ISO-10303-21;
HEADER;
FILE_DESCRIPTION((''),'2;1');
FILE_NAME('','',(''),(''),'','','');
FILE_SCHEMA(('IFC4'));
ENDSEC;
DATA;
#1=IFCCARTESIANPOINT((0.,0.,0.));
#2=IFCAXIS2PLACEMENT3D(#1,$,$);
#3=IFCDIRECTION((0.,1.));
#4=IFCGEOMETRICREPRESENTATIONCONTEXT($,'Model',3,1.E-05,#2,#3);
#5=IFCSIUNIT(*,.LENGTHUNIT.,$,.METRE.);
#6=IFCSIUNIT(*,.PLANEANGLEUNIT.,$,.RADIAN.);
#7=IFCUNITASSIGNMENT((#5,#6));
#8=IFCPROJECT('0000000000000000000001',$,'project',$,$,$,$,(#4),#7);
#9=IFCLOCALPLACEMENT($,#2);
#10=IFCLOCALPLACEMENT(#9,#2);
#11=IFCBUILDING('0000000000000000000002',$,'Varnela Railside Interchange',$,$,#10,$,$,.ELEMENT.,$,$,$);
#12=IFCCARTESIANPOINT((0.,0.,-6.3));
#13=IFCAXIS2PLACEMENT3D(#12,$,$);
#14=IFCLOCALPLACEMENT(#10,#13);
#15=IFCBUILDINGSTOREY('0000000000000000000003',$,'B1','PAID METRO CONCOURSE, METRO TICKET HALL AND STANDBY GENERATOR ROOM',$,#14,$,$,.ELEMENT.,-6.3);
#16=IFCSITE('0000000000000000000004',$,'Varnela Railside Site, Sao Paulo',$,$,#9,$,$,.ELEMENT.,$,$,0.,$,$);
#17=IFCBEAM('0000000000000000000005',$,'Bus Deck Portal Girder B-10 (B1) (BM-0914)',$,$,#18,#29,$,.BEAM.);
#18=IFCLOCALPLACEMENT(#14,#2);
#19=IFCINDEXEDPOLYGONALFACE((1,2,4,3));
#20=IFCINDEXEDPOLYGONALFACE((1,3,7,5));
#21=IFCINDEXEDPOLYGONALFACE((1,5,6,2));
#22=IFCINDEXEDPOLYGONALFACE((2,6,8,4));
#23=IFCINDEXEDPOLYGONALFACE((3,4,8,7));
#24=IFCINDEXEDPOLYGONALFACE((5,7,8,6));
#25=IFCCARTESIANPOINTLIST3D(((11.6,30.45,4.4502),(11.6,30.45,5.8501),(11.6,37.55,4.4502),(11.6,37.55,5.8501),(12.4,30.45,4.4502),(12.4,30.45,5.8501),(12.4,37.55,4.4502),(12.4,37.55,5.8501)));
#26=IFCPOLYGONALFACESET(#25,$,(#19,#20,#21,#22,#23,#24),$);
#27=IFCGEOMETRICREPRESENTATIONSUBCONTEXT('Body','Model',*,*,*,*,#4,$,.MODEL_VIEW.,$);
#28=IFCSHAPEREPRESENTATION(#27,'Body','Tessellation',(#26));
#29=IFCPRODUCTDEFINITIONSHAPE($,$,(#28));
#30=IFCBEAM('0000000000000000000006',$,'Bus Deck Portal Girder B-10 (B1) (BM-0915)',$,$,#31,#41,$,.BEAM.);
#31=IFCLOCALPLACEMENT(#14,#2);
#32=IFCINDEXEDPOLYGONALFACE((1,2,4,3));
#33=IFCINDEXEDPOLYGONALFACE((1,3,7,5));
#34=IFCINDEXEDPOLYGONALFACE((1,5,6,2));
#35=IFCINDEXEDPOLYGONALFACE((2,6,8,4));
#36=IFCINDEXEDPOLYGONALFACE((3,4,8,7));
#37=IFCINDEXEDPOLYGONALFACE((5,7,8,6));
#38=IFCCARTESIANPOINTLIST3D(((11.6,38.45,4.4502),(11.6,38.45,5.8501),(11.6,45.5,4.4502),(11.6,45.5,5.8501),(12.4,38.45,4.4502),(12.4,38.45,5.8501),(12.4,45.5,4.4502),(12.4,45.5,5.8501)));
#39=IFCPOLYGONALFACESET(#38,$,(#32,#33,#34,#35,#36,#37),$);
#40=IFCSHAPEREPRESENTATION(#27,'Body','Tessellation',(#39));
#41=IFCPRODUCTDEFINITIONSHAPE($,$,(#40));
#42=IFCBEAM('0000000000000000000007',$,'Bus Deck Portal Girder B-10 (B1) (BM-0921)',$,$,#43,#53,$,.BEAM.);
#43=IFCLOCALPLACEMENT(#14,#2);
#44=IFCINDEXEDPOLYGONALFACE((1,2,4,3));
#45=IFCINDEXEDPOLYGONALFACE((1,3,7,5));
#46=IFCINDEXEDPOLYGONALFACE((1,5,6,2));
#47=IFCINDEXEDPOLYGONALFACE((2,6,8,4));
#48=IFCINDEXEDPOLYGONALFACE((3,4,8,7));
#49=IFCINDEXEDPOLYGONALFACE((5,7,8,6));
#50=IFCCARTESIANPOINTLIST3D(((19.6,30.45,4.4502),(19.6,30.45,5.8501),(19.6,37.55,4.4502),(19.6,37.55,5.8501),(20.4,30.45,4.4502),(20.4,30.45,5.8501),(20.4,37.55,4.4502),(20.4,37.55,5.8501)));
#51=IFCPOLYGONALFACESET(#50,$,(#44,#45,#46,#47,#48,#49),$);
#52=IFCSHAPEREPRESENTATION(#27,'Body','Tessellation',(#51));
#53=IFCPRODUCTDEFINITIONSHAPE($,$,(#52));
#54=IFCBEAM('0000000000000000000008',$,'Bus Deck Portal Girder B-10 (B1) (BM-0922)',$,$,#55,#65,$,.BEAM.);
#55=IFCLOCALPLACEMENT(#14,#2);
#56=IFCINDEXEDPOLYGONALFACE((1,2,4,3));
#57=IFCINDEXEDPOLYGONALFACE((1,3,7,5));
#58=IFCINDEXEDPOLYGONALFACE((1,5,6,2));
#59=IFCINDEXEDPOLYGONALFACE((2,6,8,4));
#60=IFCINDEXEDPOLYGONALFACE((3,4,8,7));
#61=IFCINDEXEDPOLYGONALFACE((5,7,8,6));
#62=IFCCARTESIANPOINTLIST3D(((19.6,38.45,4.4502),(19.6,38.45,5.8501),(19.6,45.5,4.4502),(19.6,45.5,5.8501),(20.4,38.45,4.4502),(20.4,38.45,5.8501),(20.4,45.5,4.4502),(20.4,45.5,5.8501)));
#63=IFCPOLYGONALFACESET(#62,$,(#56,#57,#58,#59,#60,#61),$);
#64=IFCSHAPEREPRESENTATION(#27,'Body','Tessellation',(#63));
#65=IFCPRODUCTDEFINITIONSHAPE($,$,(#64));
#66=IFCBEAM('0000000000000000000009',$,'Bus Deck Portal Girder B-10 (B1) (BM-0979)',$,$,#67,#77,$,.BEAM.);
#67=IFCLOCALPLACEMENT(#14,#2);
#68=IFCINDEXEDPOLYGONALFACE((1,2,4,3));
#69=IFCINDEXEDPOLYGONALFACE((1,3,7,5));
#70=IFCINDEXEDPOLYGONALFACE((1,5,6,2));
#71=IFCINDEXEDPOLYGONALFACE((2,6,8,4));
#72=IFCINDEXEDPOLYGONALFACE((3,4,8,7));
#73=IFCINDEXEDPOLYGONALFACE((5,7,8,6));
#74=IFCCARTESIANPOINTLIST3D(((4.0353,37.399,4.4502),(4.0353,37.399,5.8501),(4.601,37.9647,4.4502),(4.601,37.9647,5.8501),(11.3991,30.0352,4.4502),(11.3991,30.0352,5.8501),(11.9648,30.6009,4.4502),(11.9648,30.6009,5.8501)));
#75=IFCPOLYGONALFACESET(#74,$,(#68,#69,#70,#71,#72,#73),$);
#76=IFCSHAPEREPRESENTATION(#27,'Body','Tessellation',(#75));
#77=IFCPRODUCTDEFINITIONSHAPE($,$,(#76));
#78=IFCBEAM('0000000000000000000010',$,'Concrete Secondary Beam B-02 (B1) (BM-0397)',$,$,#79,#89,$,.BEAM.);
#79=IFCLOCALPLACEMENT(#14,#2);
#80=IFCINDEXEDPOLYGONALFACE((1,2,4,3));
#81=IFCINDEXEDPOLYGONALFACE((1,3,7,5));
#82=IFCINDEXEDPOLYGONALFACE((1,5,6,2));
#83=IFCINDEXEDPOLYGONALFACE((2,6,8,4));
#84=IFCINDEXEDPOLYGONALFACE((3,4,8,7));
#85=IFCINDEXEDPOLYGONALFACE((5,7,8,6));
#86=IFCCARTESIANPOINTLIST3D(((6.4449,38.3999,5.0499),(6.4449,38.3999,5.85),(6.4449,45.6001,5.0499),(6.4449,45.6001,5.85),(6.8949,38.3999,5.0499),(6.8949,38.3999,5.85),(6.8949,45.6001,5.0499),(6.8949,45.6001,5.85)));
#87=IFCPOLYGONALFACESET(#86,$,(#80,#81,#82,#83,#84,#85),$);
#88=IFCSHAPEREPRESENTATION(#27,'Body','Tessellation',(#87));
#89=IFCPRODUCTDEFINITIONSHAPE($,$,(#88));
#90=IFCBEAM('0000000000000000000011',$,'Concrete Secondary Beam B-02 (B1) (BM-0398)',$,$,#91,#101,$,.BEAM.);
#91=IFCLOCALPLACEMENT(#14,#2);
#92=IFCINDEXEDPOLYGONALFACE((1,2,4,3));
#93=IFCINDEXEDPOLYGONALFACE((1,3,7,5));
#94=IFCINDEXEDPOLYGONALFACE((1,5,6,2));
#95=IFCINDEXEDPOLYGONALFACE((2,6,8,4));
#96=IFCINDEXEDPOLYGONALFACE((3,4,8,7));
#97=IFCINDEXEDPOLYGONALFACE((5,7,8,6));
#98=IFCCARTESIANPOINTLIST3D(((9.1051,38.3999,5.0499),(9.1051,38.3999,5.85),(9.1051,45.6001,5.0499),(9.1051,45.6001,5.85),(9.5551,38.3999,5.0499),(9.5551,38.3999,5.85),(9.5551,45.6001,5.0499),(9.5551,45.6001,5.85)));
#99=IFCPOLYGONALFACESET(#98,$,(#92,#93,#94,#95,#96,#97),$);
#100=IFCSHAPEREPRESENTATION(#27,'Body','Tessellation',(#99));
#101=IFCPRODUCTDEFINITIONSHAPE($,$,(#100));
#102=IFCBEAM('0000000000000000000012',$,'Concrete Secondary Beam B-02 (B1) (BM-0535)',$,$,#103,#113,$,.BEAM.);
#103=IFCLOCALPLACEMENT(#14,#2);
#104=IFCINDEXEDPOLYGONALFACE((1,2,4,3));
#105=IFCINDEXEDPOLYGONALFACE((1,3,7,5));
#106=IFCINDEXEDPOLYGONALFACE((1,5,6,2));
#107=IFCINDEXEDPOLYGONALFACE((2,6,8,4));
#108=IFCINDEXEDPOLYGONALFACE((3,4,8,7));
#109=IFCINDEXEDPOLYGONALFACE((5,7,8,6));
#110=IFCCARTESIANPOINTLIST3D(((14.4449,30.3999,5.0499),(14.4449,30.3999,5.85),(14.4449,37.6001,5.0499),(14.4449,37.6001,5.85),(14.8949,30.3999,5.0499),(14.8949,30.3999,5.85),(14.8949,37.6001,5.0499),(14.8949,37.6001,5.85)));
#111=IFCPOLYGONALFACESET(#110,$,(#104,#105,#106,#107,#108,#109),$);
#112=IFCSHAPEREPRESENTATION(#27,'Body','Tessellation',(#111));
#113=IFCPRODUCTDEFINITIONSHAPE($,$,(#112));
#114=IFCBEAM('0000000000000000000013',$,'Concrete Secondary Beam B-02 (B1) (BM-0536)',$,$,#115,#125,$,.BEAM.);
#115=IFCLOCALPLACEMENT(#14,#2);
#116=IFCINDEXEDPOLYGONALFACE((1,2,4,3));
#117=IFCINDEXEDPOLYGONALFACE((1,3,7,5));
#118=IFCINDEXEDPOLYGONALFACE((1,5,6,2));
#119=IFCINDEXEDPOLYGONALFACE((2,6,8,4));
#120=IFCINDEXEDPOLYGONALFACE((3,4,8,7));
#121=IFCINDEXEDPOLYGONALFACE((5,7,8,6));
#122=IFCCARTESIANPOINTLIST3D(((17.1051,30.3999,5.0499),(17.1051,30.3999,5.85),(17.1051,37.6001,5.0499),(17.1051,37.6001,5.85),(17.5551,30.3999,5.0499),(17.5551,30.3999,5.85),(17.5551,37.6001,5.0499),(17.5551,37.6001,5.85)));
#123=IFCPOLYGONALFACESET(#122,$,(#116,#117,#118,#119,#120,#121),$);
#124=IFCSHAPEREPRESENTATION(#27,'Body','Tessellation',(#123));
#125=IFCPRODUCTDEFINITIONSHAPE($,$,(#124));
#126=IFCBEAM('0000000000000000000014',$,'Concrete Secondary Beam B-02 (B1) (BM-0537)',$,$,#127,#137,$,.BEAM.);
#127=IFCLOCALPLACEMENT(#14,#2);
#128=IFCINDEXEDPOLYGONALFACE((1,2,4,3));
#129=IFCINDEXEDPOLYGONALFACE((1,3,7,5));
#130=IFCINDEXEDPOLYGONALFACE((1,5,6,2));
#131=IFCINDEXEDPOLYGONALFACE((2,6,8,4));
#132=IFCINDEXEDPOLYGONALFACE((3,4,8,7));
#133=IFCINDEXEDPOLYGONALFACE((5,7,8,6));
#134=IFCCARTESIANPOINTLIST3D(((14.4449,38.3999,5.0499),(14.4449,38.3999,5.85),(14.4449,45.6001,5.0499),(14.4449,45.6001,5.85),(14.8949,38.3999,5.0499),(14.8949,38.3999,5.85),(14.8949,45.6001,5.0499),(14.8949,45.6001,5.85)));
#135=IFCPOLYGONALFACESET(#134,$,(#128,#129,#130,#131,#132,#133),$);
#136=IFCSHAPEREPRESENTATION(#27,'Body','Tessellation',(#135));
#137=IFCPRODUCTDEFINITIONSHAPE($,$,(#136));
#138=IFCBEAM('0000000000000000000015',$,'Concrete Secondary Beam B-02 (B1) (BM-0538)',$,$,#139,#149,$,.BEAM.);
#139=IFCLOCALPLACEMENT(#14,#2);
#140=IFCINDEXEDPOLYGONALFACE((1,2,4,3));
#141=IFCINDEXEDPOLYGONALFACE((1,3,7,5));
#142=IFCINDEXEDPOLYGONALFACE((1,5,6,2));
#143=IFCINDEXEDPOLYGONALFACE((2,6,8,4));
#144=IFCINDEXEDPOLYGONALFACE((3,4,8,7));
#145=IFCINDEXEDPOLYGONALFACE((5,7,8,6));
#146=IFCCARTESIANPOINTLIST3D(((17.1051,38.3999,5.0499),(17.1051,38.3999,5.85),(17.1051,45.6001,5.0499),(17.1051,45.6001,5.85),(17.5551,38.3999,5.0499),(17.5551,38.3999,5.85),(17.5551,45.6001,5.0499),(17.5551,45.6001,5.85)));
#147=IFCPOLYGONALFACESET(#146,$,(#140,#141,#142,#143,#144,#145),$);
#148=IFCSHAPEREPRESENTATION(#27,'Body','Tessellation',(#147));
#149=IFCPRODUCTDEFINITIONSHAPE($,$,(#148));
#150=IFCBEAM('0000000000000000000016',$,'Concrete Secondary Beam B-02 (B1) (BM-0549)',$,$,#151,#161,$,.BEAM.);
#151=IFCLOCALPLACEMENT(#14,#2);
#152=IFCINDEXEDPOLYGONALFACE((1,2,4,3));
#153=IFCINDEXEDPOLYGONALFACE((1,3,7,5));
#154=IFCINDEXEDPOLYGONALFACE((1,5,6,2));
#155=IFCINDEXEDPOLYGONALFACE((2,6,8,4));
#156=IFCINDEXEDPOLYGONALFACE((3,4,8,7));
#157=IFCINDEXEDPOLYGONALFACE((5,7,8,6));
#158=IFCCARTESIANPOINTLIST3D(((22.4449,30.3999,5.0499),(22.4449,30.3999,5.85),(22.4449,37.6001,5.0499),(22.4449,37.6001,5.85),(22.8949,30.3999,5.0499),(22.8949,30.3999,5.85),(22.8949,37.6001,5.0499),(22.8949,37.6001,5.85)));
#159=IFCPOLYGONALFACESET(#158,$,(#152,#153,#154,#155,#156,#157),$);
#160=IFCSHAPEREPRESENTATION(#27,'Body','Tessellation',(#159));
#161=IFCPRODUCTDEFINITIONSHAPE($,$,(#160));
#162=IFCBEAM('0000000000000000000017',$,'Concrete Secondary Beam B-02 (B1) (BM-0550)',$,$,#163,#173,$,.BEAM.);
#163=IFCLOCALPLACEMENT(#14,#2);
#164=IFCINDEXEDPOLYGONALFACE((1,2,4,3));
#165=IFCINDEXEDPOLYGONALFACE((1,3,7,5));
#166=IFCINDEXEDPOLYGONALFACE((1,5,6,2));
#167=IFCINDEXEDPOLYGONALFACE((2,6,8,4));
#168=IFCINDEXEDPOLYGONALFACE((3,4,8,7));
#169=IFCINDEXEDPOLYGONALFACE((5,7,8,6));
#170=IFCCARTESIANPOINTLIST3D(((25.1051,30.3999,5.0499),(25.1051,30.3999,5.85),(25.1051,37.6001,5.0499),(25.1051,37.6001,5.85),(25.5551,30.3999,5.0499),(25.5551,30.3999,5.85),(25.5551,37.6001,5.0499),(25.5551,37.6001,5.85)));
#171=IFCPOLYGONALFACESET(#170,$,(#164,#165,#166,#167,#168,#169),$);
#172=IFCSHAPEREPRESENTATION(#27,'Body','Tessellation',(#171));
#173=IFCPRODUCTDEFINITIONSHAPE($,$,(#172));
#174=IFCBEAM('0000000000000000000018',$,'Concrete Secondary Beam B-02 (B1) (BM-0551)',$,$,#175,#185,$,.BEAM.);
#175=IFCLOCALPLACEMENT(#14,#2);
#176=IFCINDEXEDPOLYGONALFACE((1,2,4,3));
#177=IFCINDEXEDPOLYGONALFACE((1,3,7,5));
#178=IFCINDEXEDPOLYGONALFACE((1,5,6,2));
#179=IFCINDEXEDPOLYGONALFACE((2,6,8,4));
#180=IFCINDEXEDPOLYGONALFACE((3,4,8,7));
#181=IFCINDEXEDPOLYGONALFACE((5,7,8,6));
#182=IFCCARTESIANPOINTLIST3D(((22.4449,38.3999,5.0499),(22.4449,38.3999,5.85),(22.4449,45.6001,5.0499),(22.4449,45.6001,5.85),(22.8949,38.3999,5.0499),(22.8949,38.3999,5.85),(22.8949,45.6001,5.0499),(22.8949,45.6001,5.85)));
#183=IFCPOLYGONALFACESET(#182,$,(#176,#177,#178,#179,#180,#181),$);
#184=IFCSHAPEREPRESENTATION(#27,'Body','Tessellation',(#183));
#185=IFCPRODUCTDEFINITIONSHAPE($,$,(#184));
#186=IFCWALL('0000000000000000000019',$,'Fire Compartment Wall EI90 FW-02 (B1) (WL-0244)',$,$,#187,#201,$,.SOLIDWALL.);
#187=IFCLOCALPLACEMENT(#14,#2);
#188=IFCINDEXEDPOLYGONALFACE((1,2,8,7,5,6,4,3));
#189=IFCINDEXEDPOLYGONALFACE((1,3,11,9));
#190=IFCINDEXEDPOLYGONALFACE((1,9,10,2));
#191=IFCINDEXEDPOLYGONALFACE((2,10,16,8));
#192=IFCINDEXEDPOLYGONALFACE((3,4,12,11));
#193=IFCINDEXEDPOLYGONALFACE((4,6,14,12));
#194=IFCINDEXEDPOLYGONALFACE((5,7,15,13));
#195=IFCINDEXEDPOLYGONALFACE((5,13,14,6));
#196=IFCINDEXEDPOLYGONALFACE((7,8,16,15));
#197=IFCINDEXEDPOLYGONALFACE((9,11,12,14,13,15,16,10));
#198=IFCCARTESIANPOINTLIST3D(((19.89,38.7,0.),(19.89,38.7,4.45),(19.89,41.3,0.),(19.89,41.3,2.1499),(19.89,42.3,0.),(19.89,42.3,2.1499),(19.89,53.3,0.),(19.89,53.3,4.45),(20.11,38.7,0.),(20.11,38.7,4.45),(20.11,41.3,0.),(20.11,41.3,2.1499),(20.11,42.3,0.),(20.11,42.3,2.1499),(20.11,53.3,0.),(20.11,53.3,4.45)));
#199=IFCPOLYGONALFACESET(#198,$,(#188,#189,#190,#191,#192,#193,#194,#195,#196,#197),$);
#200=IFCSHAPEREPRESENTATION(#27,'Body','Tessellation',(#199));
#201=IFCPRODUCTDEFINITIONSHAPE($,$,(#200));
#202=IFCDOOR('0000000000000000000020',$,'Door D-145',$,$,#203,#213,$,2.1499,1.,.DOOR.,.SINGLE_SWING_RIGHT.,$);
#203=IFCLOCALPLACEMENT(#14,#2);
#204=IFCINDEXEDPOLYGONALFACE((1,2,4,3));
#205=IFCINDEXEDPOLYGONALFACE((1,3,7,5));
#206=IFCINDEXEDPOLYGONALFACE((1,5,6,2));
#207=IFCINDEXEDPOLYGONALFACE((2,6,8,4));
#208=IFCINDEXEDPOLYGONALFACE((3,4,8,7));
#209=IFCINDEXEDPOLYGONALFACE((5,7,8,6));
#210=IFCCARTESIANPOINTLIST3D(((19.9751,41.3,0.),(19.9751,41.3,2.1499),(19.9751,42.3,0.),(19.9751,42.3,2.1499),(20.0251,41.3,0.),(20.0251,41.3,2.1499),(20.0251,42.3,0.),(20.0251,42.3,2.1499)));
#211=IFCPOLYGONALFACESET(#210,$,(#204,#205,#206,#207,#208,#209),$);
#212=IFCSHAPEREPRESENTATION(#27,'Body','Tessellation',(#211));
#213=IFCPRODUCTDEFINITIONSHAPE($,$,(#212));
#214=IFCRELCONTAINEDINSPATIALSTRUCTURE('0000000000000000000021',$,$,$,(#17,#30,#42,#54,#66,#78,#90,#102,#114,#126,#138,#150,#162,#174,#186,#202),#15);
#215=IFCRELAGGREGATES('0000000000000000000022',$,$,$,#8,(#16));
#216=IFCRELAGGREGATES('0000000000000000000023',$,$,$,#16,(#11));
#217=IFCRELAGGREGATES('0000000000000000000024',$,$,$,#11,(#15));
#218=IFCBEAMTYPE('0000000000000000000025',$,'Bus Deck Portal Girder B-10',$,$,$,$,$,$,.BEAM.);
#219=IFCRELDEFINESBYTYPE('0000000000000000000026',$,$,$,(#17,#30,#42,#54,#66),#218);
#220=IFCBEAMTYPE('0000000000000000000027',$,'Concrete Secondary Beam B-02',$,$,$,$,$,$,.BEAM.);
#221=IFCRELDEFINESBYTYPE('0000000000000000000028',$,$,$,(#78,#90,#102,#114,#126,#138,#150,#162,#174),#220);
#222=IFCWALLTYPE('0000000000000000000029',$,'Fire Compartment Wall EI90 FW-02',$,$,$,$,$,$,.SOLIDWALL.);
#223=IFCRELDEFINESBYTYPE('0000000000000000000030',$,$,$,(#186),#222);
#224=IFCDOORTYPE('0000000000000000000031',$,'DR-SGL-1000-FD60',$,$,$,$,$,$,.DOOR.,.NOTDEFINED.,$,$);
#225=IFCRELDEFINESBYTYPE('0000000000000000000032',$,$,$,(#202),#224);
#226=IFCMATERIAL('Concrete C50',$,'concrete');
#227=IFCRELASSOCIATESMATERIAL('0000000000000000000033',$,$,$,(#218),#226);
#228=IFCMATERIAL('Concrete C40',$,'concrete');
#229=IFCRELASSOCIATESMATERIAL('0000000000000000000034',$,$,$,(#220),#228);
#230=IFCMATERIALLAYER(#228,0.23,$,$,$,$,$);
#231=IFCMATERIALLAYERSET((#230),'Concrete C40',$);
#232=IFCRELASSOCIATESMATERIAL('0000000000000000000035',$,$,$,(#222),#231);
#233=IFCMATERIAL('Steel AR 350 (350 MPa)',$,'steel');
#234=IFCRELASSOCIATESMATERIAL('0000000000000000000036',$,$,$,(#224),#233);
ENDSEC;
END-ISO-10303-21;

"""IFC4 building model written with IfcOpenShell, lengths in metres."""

from ifc_helpers import new_model, si_unit, direction, frame, frame_2d, origin, origin_2d, place, context, subcontext, project, spatial, rectangle, extrude, material, layer, layer_set, material_profile, profile_set, type_object, element, fill, save


model = new_model("IFC4")

# Units and contexts
model_context = context("Model", 3, precision=1e-05, world=origin(), true_north=direction((0.0, 1.0)))
body_context = subcontext(model_context, "Body", "Model", "MODEL_VIEW")
ifc_project = project(units=[si_unit("LENGTHUNIT", "METRE"), si_unit("PLANEANGLEUNIT", "RADIAN")], contexts=[model_context])

# Site, building, storey
site_placement = place(None, origin())
site = spatial("IfcSite", under=ifc_project, at=site_placement, Name="Varnela Railside Site, Sao Paulo", CompositionType="ELEMENT", RefElevation=0.0)
building_placement = place(site_placement, origin())
building = spatial("IfcBuilding", under=site, at=building_placement, Name="Varnela Railside Interchange", CompositionType="ELEMENT")
storey_placement = place(building_placement, frame((0.0, 0.0, -6.3)))
storey = spatial("IfcBuildingStorey", under=building, at=storey_placement, Name="B1", Description="PAID METRO CONCOURSE, METRO TICKET HALL AND STANDBY GENERATOR ROOM", CompositionType="ELEMENT", Elevation=-6.3)

# Shared definitions
ifc_material_1 = material(Name="Concrete C50", Category="concrete")

# Beams
ifc_material_profile_1 = material_profile(ifc_material_1, rectangle(XDim=0.8, YDim=1.3999, at=origin_2d()), Name="RC 800x1400")
ifc_profile_set_1 = profile_set([ifc_material_profile_1], Name="Concrete C50")
beam_type_1 = type_object("IfcBeamType", Name="Bus Deck Portal Girder B-10", PredefinedType="BEAM", material=ifc_profile_set_1)
beam_1_placement = place(storey_placement, frame((12.0, 30.45, 5.1501), z_axis=(0.0, 1.0, 0.0), x_axis=(-1.0, 0.0, 0.0)))
element("IfcBeam", 1, at=beam_1_placement, inside=storey, type_object=beam_type_1, Name="Bus Deck Portal Girder B-10 (B1) (BM-0914)", PredefinedType="BEAM", context=body_context, shape_type="SweptSolid", body=[
    extrude(rectangle(XDim=0.8, YDim=1.3999, at=origin_2d()), origin(), (0.0, 0.0, 1.0), 7.1001),
])
beam_2_placement = place(storey_placement, frame((12.0, 38.45, 5.1501), z_axis=(0.0, 1.0, 0.0), x_axis=(-1.0, 0.0, 0.0)))
element("IfcBeam", 2, at=beam_2_placement, inside=storey, type_object=beam_type_1, Name="Bus Deck Portal Girder B-10 (B1) (BM-0915)", PredefinedType="BEAM", context=body_context, shape_type="SweptSolid", body=[
    extrude(rectangle(XDim=0.8, YDim=1.3999, at=origin_2d()), origin(), (0.0, 0.0, 1.0), 7.05),
])
beam_3_placement = place(storey_placement, frame((20.0, 30.45, 5.1501), z_axis=(0.0, 1.0, 0.0), x_axis=(-1.0, 0.0, 0.0)))
element("IfcBeam", 3, at=beam_3_placement, inside=storey, type_object=beam_type_1, Name="Bus Deck Portal Girder B-10 (B1) (BM-0921)", PredefinedType="BEAM", context=body_context, shape_type="SweptSolid", body=[
    extrude(rectangle(XDim=0.8, YDim=1.3999, at=origin_2d()), origin(), (0.0, 0.0, 1.0), 7.1001),
])
beam_4_placement = place(storey_placement, frame((20.0, 38.45, 5.1501), z_axis=(0.0, 1.0, 0.0), x_axis=(-1.0, 0.0, 0.0)))
element("IfcBeam", 4, at=beam_4_placement, inside=storey, type_object=beam_type_1, Name="Bus Deck Portal Girder B-10 (B1) (BM-0922)", PredefinedType="BEAM", context=body_context, shape_type="SweptSolid", body=[
    extrude(rectangle(XDim=0.8, YDim=1.3999, at=origin_2d()), origin(), (0.0, 0.0, 1.0), 7.05),
])
beam_5_placement = place(storey_placement, frame((4.3181, 37.6819, 5.1501), z_axis=(0.707107, -0.707107, 0.0), x_axis=(0.707107, 0.707107, 0.0)))
element("IfcBeam", 5, at=beam_5_placement, inside=storey, type_object=beam_type_1, Name="Bus Deck Portal Girder B-10 (B1) (BM-0979)", PredefinedType="BEAM", context=body_context, shape_type="SweptSolid", body=[
    extrude(rectangle(XDim=0.8, YDim=1.3999, at=origin_2d()), origin(), (0.0, 0.0, 1.0), 10.4141),
])
ifc_material_2 = material(Name="Concrete C40", Category="concrete")
ifc_material_profile_2 = material_profile(ifc_material_2, rectangle(XDim=0.45, YDim=0.8, at=origin_2d()), Name="RC 450x800")
ifc_profile_set_2 = profile_set([ifc_material_profile_2], Name="Concrete C40")
beam_type_2 = type_object("IfcBeamType", Name="Concrete Secondary Beam B-02", PredefinedType="BEAM", material=ifc_profile_set_2)
for number, where, z_axis, x_axis, name in (
    (6, (6.6699, 38.3999, 5.45), (0.0, 1.0, 0.0), (-1.0, 0.0, 0.0), "Concrete Secondary Beam B-02 (B1) (BM-0397)"),
    (7, (9.3301, 38.3999, 5.45), (0.0, 1.0, 0.0), (-1.0, 0.0, 0.0), "Concrete Secondary Beam B-02 (B1) (BM-0398)"),
    (8, (14.6699, 30.3999, 5.45), (0.0, 1.0, 0.0), (-1.0, 0.0, 0.0), "Concrete Secondary Beam B-02 (B1) (BM-0535)"),
    (9, (17.3301, 30.3999, 5.45), (0.0, 1.0, 0.0), (-1.0, 0.0, 0.0), "Concrete Secondary Beam B-02 (B1) (BM-0536)"),
    (10, (14.6699, 38.3999, 5.45), (0.0, 1.0, 0.0), (-1.0, 0.0, 0.0), "Concrete Secondary Beam B-02 (B1) (BM-0537)"),
    (11, (17.3301, 38.3999, 5.45), (0.0, 1.0, 0.0), (-1.0, 0.0, 0.0), "Concrete Secondary Beam B-02 (B1) (BM-0538)"),
    (12, (22.6699, 30.3999, 5.45), (0.0, 1.0, 0.0), (-1.0, 0.0, 0.0), "Concrete Secondary Beam B-02 (B1) (BM-0549)"),
    (13, (25.3301, 30.3999, 5.45), (0.0, 1.0, 0.0), (-1.0, 0.0, 0.0), "Concrete Secondary Beam B-02 (B1) (BM-0550)"),
    (14, (22.6699, 38.3999, 5.45), (0.0, 1.0, 0.0), (-1.0, 0.0, 0.0), "Concrete Secondary Beam B-02 (B1) (BM-0551)"),
):
    element("IfcBeam", number, at=place(storey_placement, frame(where, z_axis=z_axis, x_axis=x_axis)), inside=storey, type_object=beam_type_2, Name=name, PredefinedType="BEAM", context=body_context, shape_type="SweptSolid", body=[
        extrude(rectangle(XDim=0.45, YDim=0.8, at=origin_2d()), origin(), (0.0, 0.0, 1.0), 7.2002),
    ])

# Wall, opening, door
ifc_layer_1 = layer(ifc_material_2, 0.23)
ifc_layer_set_1 = layer_set([ifc_layer_1], Name="Concrete C40")
wall_type_1 = type_object("IfcWallType", Name="Fire Compartment Wall EI90 FW-02", PredefinedType="SOLIDWALL", material=ifc_layer_set_1)
wall_1_placement = place(storey_placement, frame((20.0, 38.7, 0.0), z_axis=(0.0, 0.0, 1.0), x_axis=(0.0, 1.0, 0.0)))
wall_1 = element("IfcWall", 15, at=wall_1_placement, inside=storey, type_object=wall_type_1, Name="Fire Compartment Wall EI90 FW-02 (B1) (WL-0244)", PredefinedType="SOLIDWALL", context=body_context, shape_type="SweptSolid", body=[
    extrude(rectangle(XDim=14.6001, YDim=0.22, at=frame_2d((7.3, 0.0))), origin(), (0.0, 0.0, 1.0), 4.45),
])
opening_placement = place(wall_1_placement, frame((2.6001, 0.0, 0.0)))
opening = element("IfcOpeningElement", 16, at=opening_placement, cuts=wall_1, PredefinedType="OPENING", context=body_context, shape_type="SweptSolid", body=[
    extrude(rectangle(XDim=1.0, YDim=2.1499, at=frame_2d((0.5, 1.075))), frame((0.0, 0.1199, 0.0), z_axis=(0.0, -1.0, 0.0), x_axis=(1.0, 0.0, 0.0)), (0.0, 0.0, 1.0), 0.24),
])
ifc_material_3 = material(Name="Steel AR 350 (350 MPa)", Category="steel")
door_type = type_object("IfcDoorType", Name="DR-SGL-1000-FD60", OperationType="NOTDEFINED", PredefinedType="DOOR", material=ifc_material_3)
door_placement = place(opening_placement, origin())
door = element("IfcDoor", 17, at=door_placement, inside=storey, type_object=door_type, Name="Door D-145", OperationType="SINGLE_SWING_RIGHT", OverallHeight=2.1499, OverallWidth=1.0, PredefinedType="DOOR", context=body_context, shape_type="SweptSolid", body=[
    extrude(rectangle(XDim=1.0, YDim=2.1499, at=frame_2d((0.5, 1.075))), frame((0.0, 0.0249, 0.0), z_axis=(0.0, -1.0, 0.0), x_axis=(1.0, 0.0, 0.0)), (0.0, 0.0, 1.0), 0.05),
])
fill(opening, door)

save(model, "model.ifc")
